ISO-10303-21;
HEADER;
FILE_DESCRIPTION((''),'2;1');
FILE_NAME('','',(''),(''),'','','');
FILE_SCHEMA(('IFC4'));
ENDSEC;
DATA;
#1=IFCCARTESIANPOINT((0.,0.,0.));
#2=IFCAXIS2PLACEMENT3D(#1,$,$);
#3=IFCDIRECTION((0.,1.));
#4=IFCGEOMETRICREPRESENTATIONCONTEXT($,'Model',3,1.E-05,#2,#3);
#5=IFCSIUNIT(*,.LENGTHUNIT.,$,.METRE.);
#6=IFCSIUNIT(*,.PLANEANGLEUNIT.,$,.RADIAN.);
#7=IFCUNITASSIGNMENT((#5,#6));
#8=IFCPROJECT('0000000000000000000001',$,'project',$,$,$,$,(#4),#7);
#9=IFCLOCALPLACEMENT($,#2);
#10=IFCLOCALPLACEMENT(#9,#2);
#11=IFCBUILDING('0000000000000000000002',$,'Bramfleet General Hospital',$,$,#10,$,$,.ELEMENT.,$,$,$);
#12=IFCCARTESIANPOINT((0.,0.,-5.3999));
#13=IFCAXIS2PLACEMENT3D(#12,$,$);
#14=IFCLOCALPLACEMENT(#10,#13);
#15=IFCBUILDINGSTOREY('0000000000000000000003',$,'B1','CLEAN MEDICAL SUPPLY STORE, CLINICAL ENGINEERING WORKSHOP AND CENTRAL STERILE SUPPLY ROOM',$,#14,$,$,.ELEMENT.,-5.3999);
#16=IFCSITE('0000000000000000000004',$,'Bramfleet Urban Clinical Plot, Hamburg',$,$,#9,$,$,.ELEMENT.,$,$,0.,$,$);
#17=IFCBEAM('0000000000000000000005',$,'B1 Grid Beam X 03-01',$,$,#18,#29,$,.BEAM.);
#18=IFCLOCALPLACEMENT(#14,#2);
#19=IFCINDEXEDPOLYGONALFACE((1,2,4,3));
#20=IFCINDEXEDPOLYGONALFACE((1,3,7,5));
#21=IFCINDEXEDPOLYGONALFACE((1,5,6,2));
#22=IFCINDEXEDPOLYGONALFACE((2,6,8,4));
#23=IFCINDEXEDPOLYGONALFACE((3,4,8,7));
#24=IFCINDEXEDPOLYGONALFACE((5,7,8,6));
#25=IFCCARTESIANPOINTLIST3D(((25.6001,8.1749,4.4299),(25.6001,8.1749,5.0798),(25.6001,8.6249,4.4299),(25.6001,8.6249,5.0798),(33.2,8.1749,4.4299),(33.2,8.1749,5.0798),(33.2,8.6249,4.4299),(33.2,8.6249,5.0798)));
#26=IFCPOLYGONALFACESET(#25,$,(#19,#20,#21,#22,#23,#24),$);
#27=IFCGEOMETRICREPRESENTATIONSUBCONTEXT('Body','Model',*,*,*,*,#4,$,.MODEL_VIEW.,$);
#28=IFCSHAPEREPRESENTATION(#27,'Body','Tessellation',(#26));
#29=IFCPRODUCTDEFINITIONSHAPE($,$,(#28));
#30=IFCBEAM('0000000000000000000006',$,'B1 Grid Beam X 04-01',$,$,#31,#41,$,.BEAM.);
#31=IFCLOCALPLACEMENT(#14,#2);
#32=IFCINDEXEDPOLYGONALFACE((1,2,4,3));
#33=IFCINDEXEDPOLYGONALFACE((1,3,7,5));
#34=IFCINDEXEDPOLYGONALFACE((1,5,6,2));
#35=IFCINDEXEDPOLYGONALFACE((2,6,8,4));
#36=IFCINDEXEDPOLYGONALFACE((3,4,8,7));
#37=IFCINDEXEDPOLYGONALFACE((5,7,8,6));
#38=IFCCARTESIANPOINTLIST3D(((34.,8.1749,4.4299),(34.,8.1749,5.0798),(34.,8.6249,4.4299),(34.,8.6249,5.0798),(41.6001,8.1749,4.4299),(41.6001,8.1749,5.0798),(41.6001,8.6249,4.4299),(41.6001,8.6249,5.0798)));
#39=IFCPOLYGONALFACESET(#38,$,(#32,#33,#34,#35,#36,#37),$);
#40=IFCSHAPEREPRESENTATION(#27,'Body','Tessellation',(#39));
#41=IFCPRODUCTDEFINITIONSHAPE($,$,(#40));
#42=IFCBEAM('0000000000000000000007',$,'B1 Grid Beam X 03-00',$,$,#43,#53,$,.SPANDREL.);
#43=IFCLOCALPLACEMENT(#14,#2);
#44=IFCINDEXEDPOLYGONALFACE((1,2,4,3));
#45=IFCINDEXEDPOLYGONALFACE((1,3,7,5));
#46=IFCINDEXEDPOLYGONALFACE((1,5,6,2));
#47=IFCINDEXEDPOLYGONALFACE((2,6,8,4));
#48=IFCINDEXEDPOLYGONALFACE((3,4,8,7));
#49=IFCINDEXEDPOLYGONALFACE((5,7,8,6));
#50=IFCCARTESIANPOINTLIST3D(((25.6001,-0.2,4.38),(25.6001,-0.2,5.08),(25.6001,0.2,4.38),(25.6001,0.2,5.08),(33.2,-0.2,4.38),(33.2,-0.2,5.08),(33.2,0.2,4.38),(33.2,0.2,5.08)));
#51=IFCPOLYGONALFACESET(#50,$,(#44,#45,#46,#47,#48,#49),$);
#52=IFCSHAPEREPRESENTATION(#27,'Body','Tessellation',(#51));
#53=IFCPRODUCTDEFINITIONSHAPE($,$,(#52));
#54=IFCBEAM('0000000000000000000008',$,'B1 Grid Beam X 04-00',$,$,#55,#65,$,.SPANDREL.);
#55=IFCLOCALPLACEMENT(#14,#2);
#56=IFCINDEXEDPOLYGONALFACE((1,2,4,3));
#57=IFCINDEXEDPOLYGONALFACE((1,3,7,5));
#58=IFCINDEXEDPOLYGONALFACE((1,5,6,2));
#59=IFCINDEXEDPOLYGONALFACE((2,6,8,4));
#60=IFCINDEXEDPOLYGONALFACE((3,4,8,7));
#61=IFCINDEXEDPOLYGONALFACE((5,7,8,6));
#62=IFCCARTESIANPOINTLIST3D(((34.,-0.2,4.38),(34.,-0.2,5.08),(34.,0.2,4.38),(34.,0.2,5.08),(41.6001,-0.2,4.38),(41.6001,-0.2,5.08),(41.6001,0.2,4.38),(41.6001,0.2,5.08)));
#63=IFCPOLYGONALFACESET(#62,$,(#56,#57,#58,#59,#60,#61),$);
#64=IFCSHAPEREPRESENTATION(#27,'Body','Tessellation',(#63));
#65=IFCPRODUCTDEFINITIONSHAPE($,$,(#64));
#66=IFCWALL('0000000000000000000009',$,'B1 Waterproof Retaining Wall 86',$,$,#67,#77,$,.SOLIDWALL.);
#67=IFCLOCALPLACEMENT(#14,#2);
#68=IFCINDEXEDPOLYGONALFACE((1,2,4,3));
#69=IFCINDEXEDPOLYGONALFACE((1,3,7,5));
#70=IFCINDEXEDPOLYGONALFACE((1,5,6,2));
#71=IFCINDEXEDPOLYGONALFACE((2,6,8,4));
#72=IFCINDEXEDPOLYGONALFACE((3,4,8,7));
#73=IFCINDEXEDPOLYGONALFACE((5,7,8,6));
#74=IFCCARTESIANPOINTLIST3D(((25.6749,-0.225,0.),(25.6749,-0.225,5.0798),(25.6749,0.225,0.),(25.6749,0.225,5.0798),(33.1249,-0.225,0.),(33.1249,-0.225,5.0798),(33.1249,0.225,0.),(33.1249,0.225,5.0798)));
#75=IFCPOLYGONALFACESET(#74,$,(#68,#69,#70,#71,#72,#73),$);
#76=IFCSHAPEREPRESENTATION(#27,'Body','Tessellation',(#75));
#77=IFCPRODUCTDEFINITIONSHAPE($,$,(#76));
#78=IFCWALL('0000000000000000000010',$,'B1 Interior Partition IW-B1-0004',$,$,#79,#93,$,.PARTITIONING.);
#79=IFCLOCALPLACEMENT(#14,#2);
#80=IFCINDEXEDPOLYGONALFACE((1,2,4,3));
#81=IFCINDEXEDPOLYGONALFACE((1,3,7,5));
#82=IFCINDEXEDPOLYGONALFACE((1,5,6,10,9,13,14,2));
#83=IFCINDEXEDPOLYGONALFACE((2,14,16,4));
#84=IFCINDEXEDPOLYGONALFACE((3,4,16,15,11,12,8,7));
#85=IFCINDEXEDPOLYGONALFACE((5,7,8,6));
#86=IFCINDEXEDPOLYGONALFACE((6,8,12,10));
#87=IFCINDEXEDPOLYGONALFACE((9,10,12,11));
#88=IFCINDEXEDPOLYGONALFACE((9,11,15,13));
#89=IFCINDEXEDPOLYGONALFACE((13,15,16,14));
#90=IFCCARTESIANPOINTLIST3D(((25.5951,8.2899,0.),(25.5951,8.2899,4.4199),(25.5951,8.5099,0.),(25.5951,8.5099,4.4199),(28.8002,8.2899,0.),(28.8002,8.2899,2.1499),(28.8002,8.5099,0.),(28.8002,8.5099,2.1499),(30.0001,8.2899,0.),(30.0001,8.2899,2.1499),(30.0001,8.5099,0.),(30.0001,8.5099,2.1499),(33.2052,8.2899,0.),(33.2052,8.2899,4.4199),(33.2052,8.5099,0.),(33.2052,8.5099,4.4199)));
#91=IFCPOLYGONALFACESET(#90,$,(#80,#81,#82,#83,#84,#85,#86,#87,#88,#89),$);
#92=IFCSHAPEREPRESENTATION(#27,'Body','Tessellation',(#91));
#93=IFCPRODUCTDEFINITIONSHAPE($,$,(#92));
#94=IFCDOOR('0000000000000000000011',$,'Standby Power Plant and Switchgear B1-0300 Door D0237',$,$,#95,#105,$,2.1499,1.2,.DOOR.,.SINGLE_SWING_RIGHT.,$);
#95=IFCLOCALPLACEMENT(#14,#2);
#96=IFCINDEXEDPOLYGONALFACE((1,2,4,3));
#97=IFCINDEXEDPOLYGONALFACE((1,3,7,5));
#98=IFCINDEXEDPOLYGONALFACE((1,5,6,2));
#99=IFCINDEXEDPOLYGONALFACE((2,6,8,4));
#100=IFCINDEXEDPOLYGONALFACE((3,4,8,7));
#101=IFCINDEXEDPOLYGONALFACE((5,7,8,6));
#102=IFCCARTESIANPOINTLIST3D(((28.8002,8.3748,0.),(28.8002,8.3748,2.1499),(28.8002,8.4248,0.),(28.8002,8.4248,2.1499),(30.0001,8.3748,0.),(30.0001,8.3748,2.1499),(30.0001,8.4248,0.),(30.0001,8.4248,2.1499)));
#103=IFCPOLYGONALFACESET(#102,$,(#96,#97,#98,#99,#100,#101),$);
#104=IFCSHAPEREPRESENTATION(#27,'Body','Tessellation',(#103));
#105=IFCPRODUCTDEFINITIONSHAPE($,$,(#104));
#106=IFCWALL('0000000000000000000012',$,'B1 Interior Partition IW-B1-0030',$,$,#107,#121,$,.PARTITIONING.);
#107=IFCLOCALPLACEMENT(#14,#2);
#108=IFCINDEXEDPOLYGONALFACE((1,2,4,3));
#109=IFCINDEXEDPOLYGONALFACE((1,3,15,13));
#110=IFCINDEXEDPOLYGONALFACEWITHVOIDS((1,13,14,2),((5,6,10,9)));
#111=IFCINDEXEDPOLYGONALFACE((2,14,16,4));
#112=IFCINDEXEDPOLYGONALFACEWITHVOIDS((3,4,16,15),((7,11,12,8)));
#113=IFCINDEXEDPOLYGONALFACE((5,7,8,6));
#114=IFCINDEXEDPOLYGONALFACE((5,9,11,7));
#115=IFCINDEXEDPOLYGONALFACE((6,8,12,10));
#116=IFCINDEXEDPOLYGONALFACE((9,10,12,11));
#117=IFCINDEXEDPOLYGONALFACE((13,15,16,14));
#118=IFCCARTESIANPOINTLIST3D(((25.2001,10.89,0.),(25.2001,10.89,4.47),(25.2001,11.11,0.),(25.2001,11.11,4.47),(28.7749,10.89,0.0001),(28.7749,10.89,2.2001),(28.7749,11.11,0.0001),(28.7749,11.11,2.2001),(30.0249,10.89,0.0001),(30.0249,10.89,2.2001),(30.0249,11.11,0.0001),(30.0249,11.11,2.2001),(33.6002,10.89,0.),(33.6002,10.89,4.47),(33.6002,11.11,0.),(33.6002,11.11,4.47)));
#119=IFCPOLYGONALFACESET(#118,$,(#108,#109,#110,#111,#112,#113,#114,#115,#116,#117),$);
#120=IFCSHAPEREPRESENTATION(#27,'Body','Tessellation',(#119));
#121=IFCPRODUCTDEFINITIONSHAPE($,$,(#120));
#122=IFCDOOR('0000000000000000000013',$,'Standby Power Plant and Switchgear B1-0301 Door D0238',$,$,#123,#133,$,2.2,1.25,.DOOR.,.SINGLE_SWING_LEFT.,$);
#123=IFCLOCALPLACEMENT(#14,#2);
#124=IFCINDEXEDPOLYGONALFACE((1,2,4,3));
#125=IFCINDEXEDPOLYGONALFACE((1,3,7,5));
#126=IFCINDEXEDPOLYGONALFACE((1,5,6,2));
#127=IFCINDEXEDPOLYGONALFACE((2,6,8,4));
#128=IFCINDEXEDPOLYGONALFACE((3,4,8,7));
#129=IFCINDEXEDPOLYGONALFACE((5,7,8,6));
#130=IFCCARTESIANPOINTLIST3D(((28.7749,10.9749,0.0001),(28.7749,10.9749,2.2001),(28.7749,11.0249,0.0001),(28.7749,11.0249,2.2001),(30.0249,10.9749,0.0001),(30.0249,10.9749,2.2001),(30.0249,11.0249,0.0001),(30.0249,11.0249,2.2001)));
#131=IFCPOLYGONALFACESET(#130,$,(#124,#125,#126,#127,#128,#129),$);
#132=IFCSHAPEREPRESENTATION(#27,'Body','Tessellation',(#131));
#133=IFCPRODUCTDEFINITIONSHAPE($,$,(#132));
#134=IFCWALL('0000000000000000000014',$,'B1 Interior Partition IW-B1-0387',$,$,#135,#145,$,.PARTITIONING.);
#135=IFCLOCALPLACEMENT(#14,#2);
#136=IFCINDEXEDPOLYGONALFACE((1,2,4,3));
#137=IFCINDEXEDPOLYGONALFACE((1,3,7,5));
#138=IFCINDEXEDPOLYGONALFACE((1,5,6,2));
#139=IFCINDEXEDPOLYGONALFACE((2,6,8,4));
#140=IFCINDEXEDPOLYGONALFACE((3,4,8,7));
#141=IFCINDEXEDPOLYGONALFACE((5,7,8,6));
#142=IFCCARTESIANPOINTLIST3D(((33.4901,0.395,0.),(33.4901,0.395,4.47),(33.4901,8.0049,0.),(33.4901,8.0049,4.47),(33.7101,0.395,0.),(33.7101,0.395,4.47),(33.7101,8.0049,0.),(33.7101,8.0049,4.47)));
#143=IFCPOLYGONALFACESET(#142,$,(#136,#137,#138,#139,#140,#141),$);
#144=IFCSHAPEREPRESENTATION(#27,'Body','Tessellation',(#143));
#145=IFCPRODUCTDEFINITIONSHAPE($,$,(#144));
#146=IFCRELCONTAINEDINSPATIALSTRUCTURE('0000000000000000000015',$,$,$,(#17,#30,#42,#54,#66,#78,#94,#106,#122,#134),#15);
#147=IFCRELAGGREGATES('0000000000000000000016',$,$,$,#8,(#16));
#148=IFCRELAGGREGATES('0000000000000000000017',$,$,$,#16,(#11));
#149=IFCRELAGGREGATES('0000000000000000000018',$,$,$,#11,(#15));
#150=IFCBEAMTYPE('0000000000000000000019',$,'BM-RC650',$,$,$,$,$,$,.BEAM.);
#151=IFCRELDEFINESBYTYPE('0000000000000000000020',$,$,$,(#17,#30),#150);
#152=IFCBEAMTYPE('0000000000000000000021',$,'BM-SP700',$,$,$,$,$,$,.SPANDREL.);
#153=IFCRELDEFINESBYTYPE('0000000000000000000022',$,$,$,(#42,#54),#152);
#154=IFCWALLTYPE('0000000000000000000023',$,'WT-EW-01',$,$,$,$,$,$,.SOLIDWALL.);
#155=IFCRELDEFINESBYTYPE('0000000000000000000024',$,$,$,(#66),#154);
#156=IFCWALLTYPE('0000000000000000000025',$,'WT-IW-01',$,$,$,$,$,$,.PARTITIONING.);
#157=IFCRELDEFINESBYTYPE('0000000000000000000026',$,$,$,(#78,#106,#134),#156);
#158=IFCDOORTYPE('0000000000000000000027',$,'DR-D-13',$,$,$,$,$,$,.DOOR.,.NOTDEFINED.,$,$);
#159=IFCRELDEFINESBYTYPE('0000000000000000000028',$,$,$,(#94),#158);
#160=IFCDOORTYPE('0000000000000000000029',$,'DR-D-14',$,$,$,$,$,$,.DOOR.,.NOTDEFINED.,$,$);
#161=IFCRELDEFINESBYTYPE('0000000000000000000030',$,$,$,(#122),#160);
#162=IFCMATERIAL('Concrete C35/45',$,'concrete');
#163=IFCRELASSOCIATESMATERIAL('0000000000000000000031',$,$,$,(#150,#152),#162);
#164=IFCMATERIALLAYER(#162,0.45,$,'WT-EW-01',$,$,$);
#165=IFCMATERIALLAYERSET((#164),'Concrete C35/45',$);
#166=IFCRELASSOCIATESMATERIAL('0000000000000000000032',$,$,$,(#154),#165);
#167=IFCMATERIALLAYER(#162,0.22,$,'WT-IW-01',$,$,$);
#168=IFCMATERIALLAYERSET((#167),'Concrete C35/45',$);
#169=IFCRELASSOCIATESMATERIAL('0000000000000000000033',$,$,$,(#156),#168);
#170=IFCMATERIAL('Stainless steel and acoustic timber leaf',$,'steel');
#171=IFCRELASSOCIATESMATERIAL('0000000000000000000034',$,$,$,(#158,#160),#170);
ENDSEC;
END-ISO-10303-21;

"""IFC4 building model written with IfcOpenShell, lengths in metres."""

from ifc_helpers import new_model, si_unit, direction, frame, frame_2d, origin, origin_2d, place, context, subcontext, project, spatial, rectangle, extrude, material, layer, layer_set, material_profile, profile_set, type_object, element, fill, save


model = new_model("IFC4")

# Units and contexts
model_context = context("Model", 3, precision=1e-05, world=origin(), true_north=direction((0.0, 1.0)))
body_context = subcontext(model_context, "Body", "Model", "MODEL_VIEW")
ifc_project = project(units=[si_unit("LENGTHUNIT", "METRE"), si_unit("PLANEANGLEUNIT", "RADIAN")], contexts=[model_context])

# Site, building, storey
site_placement = place(None, origin())
site = spatial("IfcSite", under=ifc_project, at=site_placement, Name="Bramfleet Urban Clinical Plot, Hamburg", CompositionType="ELEMENT", RefElevation=0.0)
building_placement = place(site_placement, origin())
building = spatial("IfcBuilding", under=site, at=building_placement, Name="Bramfleet General Hospital", CompositionType="ELEMENT")
storey_placement = place(building_placement, frame((0.0, 0.0, -5.3999)))
storey = spatial("IfcBuildingStorey", under=building, at=storey_placement, Name="B1", Description="CLEAN MEDICAL SUPPLY STORE, CLINICAL ENGINEERING WORKSHOP AND CENTRAL STERILE SUPPLY ROOM", CompositionType="ELEMENT", Elevation=-5.3999)

# Shared definitions
ifc_material_1 = material(Name="Concrete C35/45", Category="concrete")

# Beams
ifc_material_profile_1 = material_profile(ifc_material_1, rectangle(XDim=0.45, YDim=0.6499, at=origin_2d()), Name="RC BM 650x450")
ifc_profile_set_1 = profile_set([ifc_material_profile_1], Name="Concrete C35/45")
beam_type_1 = type_object("IfcBeamType", Name="BM-RC650", PredefinedType="BEAM", material=ifc_profile_set_1)
beam_1_placement = place(storey_placement, frame((25.6001, 8.3999, 4.7549), z_axis=(1.0, 0.0, 0.0), x_axis=(0.0, 1.0, 0.0)))
element("IfcBeam", 1, at=beam_1_placement, inside=storey, type_object=beam_type_1, Name="B1 Grid Beam X 03-01", PredefinedType="BEAM", context=body_context, shape_type="SweptSolid", body=[
    extrude(rectangle(XDim=0.45, YDim=0.6499, at=origin_2d()), origin(), (0.0, 0.0, 1.0), 7.5999),
])
beam_2_placement = place(storey_placement, frame((34.0, 8.3999, 4.7549), z_axis=(1.0, 0.0, 0.0), x_axis=(0.0, 1.0, 0.0)))
element("IfcBeam", 2, at=beam_2_placement, inside=storey, type_object=beam_type_1, Name="B1 Grid Beam X 04-01", PredefinedType="BEAM", context=body_context, shape_type="SweptSolid", body=[
    extrude(rectangle(XDim=0.45, YDim=0.6499, at=origin_2d()), origin(), (0.0, 0.0, 1.0), 7.6001),
])
ifc_material_profile_2 = material_profile(ifc_material_1, rectangle(XDim=0.3999, YDim=0.7, at=origin_2d()), Name="RC SP 700x400")
ifc_profile_set_2 = profile_set([ifc_material_profile_2], Name="Concrete C35/45")
beam_type_2 = type_object("IfcBeamType", Name="BM-SP700", PredefinedType="SPANDREL", material=ifc_profile_set_2)
beam_3_placement = place(storey_placement, frame((25.6001, 0.0, 4.73), z_axis=(1.0, 0.0, 0.0), x_axis=(0.0, 1.0, 0.0)))
element("IfcBeam", 3, at=beam_3_placement, inside=storey, type_object=beam_type_2, Name="B1 Grid Beam X 03-00", PredefinedType="SPANDREL", context=body_context, shape_type="SweptSolid", body=[
    extrude(rectangle(XDim=0.3999, YDim=0.7, at=origin_2d()), origin(), (0.0, 0.0, 1.0), 7.5999),
])
beam_4_placement = place(storey_placement, frame((34.0, 0.0, 4.73), z_axis=(1.0, 0.0, 0.0), x_axis=(0.0, 1.0, 0.0)))
element("IfcBeam", 4, at=beam_4_placement, inside=storey, type_object=beam_type_2, Name="B1 Grid Beam X 04-00", PredefinedType="SPANDREL", context=body_context, shape_type="SweptSolid", body=[
    extrude(rectangle(XDim=0.3999, YDim=0.7, at=origin_2d()), origin(), (0.0, 0.0, 1.0), 7.6001),
])

# Wall
ifc_layer_1 = layer(ifc_material_1, 0.45, Name="WT-EW-01")
ifc_layer_set_1 = layer_set([ifc_layer_1], Name="Concrete C35/45")
wall_type_1 = type_object("IfcWallType", Name="WT-EW-01", PredefinedType="SOLIDWALL", material=ifc_layer_set_1)
wall_1_placement = place(storey_placement, frame((33.125, 0.0, 0.0), z_axis=(0.0, 0.0, 1.0), x_axis=(-1.0, 0.0, 0.0)))
element("IfcWall", 5, at=wall_1_placement, inside=storey, type_object=wall_type_1, Name="B1 Waterproof Retaining Wall 86", PredefinedType="SOLIDWALL", context=body_context, shape_type="SweptSolid", body=[
    extrude(rectangle(XDim=7.45, YDim=0.45, at=frame_2d((3.7251, 0.0))), origin(), (0.0, 0.0, 1.0), 5.0798),
])

# Walls, openings, doors
ifc_layer_2 = layer(ifc_material_1, 0.22, Name="WT-IW-01")
ifc_layer_set_2 = layer_set([ifc_layer_2], Name="Concrete C35/45")
wall_type_2 = type_object("IfcWallType", Name="WT-IW-01", PredefinedType="PARTITIONING", material=ifc_layer_set_2)
wall_2_placement = place(storey_placement, frame((25.595, 8.3999, 0.0), z_axis=(0.0, 0.0, 1.0), x_axis=(1.0, 0.0, 0.0)))
wall_2 = element("IfcWall", 6, at=wall_2_placement, inside=storey, type_object=wall_type_2, Name="B1 Interior Partition IW-B1-0004", PredefinedType="PARTITIONING", context=body_context, shape_type="SweptSolid", body=[
    extrude(rectangle(XDim=7.6101, YDim=0.22, at=frame_2d((3.8052, 0.0))), origin(), (0.0, 0.0, 1.0), 4.4199),
])
opening_1_placement = place(wall_2_placement, frame((3.2051, 0.0, 0.0)))
opening_1 = element("IfcOpeningElement", 7, at=opening_1_placement, cuts=wall_2, PredefinedType="OPENING", context=body_context, shape_type="SweptSolid", body=[
    extrude(rectangle(XDim=1.2, YDim=2.1499, at=frame_2d((0.6001, 1.075))), frame((0.0, 0.1199, 0.0), z_axis=(0.0, -1.0, 0.0), x_axis=(1.0, 0.0, 0.0)), (0.0, 0.0, 1.0), 0.24),
])
ifc_material_2 = material(Name="Stainless steel and acoustic timber leaf", Category="steel")
door_type_1 = type_object("IfcDoorType", Name="DR-D-13", OperationType="NOTDEFINED", PredefinedType="DOOR", material=ifc_material_2)
door_1_placement = place(opening_1_placement, origin())
door_1 = element("IfcDoor", 8, at=door_1_placement, inside=storey, type_object=door_type_1, Name="Standby Power Plant and Switchgear B1-0300 Door D0237", OperationType="SINGLE_SWING_RIGHT", OverallHeight=2.1499, OverallWidth=1.2, PredefinedType="DOOR", context=body_context, shape_type="SweptSolid", body=[
    extrude(rectangle(XDim=1.2, YDim=2.1499, at=frame_2d((0.6001, 1.075))), frame((0.0, 0.0249, 0.0), z_axis=(0.0, -1.0, 0.0), x_axis=(1.0, 0.0, 0.0)), (0.0, 0.0, 1.0), 0.05),
])
fill(opening_1, door_1)
wall_3_placement = place(storey_placement, frame((25.2, 11.0, 0.0), z_axis=(0.0, 0.0, 1.0), x_axis=(1.0, 0.0, 0.0)))
wall_3 = element("IfcWall", 9, at=wall_3_placement, inside=storey, type_object=wall_type_2, Name="B1 Interior Partition IW-B1-0030", PredefinedType="PARTITIONING", context=body_context, shape_type="SweptSolid", body=[
    extrude(rectangle(XDim=8.4001, YDim=0.22, at=frame_2d((4.2002, 0.0))), origin(), (0.0, 0.0, 1.0), 4.47),
])
opening_2_placement = place(wall_3_placement, frame((3.575, 0.0, 0.0)))
opening_2 = element("IfcOpeningElement", 10, at=opening_2_placement, cuts=wall_3, PredefinedType="OPENING", context=body_context, shape_type="SweptSolid", body=[
    extrude(rectangle(XDim=1.25, YDim=2.2, at=frame_2d((0.625, 1.1001))), frame((0.0, 0.1199, 0.0), z_axis=(0.0, -1.0, 0.0), x_axis=(1.0, 0.0, 0.0)), (0.0, 0.0, 1.0), 0.24),
])
door_type_2 = type_object("IfcDoorType", Name="DR-D-14", OperationType="NOTDEFINED", PredefinedType="DOOR", material=ifc_material_2)
door_2_placement = place(opening_2_placement, origin())
door_2 = element("IfcDoor", 11, at=door_2_placement, inside=storey, type_object=door_type_2, Name="Standby Power Plant and Switchgear B1-0301 Door D0238", OperationType="SINGLE_SWING_LEFT", OverallHeight=2.2, OverallWidth=1.25, PredefinedType="DOOR", context=body_context, shape_type="SweptSolid", body=[
    extrude(rectangle(XDim=1.25, YDim=2.2, at=frame_2d((0.625, 1.1001))), frame((0.0, 0.0249, 0.0), z_axis=(0.0, -1.0, 0.0), x_axis=(1.0, 0.0, 0.0)), (0.0, 0.0, 1.0), 0.05),
])
fill(opening_2, door_2)

# Wall
wall_4_placement = place(storey_placement, frame((33.6001, 0.395, 0.0), z_axis=(0.0, 0.0, 1.0), x_axis=(0.0, 1.0, 0.0)))
element("IfcWall", 12, at=wall_4_placement, inside=storey, type_object=wall_type_2, Name="B1 Interior Partition IW-B1-0387", PredefinedType="PARTITIONING", context=body_context, shape_type="SweptSolid", body=[
    extrude(rectangle(XDim=7.6099, YDim=0.22, at=frame_2d((3.8049, 0.0))), origin(), (0.0, 0.0, 1.0), 4.47),
])

save(model, "model.ifc")
